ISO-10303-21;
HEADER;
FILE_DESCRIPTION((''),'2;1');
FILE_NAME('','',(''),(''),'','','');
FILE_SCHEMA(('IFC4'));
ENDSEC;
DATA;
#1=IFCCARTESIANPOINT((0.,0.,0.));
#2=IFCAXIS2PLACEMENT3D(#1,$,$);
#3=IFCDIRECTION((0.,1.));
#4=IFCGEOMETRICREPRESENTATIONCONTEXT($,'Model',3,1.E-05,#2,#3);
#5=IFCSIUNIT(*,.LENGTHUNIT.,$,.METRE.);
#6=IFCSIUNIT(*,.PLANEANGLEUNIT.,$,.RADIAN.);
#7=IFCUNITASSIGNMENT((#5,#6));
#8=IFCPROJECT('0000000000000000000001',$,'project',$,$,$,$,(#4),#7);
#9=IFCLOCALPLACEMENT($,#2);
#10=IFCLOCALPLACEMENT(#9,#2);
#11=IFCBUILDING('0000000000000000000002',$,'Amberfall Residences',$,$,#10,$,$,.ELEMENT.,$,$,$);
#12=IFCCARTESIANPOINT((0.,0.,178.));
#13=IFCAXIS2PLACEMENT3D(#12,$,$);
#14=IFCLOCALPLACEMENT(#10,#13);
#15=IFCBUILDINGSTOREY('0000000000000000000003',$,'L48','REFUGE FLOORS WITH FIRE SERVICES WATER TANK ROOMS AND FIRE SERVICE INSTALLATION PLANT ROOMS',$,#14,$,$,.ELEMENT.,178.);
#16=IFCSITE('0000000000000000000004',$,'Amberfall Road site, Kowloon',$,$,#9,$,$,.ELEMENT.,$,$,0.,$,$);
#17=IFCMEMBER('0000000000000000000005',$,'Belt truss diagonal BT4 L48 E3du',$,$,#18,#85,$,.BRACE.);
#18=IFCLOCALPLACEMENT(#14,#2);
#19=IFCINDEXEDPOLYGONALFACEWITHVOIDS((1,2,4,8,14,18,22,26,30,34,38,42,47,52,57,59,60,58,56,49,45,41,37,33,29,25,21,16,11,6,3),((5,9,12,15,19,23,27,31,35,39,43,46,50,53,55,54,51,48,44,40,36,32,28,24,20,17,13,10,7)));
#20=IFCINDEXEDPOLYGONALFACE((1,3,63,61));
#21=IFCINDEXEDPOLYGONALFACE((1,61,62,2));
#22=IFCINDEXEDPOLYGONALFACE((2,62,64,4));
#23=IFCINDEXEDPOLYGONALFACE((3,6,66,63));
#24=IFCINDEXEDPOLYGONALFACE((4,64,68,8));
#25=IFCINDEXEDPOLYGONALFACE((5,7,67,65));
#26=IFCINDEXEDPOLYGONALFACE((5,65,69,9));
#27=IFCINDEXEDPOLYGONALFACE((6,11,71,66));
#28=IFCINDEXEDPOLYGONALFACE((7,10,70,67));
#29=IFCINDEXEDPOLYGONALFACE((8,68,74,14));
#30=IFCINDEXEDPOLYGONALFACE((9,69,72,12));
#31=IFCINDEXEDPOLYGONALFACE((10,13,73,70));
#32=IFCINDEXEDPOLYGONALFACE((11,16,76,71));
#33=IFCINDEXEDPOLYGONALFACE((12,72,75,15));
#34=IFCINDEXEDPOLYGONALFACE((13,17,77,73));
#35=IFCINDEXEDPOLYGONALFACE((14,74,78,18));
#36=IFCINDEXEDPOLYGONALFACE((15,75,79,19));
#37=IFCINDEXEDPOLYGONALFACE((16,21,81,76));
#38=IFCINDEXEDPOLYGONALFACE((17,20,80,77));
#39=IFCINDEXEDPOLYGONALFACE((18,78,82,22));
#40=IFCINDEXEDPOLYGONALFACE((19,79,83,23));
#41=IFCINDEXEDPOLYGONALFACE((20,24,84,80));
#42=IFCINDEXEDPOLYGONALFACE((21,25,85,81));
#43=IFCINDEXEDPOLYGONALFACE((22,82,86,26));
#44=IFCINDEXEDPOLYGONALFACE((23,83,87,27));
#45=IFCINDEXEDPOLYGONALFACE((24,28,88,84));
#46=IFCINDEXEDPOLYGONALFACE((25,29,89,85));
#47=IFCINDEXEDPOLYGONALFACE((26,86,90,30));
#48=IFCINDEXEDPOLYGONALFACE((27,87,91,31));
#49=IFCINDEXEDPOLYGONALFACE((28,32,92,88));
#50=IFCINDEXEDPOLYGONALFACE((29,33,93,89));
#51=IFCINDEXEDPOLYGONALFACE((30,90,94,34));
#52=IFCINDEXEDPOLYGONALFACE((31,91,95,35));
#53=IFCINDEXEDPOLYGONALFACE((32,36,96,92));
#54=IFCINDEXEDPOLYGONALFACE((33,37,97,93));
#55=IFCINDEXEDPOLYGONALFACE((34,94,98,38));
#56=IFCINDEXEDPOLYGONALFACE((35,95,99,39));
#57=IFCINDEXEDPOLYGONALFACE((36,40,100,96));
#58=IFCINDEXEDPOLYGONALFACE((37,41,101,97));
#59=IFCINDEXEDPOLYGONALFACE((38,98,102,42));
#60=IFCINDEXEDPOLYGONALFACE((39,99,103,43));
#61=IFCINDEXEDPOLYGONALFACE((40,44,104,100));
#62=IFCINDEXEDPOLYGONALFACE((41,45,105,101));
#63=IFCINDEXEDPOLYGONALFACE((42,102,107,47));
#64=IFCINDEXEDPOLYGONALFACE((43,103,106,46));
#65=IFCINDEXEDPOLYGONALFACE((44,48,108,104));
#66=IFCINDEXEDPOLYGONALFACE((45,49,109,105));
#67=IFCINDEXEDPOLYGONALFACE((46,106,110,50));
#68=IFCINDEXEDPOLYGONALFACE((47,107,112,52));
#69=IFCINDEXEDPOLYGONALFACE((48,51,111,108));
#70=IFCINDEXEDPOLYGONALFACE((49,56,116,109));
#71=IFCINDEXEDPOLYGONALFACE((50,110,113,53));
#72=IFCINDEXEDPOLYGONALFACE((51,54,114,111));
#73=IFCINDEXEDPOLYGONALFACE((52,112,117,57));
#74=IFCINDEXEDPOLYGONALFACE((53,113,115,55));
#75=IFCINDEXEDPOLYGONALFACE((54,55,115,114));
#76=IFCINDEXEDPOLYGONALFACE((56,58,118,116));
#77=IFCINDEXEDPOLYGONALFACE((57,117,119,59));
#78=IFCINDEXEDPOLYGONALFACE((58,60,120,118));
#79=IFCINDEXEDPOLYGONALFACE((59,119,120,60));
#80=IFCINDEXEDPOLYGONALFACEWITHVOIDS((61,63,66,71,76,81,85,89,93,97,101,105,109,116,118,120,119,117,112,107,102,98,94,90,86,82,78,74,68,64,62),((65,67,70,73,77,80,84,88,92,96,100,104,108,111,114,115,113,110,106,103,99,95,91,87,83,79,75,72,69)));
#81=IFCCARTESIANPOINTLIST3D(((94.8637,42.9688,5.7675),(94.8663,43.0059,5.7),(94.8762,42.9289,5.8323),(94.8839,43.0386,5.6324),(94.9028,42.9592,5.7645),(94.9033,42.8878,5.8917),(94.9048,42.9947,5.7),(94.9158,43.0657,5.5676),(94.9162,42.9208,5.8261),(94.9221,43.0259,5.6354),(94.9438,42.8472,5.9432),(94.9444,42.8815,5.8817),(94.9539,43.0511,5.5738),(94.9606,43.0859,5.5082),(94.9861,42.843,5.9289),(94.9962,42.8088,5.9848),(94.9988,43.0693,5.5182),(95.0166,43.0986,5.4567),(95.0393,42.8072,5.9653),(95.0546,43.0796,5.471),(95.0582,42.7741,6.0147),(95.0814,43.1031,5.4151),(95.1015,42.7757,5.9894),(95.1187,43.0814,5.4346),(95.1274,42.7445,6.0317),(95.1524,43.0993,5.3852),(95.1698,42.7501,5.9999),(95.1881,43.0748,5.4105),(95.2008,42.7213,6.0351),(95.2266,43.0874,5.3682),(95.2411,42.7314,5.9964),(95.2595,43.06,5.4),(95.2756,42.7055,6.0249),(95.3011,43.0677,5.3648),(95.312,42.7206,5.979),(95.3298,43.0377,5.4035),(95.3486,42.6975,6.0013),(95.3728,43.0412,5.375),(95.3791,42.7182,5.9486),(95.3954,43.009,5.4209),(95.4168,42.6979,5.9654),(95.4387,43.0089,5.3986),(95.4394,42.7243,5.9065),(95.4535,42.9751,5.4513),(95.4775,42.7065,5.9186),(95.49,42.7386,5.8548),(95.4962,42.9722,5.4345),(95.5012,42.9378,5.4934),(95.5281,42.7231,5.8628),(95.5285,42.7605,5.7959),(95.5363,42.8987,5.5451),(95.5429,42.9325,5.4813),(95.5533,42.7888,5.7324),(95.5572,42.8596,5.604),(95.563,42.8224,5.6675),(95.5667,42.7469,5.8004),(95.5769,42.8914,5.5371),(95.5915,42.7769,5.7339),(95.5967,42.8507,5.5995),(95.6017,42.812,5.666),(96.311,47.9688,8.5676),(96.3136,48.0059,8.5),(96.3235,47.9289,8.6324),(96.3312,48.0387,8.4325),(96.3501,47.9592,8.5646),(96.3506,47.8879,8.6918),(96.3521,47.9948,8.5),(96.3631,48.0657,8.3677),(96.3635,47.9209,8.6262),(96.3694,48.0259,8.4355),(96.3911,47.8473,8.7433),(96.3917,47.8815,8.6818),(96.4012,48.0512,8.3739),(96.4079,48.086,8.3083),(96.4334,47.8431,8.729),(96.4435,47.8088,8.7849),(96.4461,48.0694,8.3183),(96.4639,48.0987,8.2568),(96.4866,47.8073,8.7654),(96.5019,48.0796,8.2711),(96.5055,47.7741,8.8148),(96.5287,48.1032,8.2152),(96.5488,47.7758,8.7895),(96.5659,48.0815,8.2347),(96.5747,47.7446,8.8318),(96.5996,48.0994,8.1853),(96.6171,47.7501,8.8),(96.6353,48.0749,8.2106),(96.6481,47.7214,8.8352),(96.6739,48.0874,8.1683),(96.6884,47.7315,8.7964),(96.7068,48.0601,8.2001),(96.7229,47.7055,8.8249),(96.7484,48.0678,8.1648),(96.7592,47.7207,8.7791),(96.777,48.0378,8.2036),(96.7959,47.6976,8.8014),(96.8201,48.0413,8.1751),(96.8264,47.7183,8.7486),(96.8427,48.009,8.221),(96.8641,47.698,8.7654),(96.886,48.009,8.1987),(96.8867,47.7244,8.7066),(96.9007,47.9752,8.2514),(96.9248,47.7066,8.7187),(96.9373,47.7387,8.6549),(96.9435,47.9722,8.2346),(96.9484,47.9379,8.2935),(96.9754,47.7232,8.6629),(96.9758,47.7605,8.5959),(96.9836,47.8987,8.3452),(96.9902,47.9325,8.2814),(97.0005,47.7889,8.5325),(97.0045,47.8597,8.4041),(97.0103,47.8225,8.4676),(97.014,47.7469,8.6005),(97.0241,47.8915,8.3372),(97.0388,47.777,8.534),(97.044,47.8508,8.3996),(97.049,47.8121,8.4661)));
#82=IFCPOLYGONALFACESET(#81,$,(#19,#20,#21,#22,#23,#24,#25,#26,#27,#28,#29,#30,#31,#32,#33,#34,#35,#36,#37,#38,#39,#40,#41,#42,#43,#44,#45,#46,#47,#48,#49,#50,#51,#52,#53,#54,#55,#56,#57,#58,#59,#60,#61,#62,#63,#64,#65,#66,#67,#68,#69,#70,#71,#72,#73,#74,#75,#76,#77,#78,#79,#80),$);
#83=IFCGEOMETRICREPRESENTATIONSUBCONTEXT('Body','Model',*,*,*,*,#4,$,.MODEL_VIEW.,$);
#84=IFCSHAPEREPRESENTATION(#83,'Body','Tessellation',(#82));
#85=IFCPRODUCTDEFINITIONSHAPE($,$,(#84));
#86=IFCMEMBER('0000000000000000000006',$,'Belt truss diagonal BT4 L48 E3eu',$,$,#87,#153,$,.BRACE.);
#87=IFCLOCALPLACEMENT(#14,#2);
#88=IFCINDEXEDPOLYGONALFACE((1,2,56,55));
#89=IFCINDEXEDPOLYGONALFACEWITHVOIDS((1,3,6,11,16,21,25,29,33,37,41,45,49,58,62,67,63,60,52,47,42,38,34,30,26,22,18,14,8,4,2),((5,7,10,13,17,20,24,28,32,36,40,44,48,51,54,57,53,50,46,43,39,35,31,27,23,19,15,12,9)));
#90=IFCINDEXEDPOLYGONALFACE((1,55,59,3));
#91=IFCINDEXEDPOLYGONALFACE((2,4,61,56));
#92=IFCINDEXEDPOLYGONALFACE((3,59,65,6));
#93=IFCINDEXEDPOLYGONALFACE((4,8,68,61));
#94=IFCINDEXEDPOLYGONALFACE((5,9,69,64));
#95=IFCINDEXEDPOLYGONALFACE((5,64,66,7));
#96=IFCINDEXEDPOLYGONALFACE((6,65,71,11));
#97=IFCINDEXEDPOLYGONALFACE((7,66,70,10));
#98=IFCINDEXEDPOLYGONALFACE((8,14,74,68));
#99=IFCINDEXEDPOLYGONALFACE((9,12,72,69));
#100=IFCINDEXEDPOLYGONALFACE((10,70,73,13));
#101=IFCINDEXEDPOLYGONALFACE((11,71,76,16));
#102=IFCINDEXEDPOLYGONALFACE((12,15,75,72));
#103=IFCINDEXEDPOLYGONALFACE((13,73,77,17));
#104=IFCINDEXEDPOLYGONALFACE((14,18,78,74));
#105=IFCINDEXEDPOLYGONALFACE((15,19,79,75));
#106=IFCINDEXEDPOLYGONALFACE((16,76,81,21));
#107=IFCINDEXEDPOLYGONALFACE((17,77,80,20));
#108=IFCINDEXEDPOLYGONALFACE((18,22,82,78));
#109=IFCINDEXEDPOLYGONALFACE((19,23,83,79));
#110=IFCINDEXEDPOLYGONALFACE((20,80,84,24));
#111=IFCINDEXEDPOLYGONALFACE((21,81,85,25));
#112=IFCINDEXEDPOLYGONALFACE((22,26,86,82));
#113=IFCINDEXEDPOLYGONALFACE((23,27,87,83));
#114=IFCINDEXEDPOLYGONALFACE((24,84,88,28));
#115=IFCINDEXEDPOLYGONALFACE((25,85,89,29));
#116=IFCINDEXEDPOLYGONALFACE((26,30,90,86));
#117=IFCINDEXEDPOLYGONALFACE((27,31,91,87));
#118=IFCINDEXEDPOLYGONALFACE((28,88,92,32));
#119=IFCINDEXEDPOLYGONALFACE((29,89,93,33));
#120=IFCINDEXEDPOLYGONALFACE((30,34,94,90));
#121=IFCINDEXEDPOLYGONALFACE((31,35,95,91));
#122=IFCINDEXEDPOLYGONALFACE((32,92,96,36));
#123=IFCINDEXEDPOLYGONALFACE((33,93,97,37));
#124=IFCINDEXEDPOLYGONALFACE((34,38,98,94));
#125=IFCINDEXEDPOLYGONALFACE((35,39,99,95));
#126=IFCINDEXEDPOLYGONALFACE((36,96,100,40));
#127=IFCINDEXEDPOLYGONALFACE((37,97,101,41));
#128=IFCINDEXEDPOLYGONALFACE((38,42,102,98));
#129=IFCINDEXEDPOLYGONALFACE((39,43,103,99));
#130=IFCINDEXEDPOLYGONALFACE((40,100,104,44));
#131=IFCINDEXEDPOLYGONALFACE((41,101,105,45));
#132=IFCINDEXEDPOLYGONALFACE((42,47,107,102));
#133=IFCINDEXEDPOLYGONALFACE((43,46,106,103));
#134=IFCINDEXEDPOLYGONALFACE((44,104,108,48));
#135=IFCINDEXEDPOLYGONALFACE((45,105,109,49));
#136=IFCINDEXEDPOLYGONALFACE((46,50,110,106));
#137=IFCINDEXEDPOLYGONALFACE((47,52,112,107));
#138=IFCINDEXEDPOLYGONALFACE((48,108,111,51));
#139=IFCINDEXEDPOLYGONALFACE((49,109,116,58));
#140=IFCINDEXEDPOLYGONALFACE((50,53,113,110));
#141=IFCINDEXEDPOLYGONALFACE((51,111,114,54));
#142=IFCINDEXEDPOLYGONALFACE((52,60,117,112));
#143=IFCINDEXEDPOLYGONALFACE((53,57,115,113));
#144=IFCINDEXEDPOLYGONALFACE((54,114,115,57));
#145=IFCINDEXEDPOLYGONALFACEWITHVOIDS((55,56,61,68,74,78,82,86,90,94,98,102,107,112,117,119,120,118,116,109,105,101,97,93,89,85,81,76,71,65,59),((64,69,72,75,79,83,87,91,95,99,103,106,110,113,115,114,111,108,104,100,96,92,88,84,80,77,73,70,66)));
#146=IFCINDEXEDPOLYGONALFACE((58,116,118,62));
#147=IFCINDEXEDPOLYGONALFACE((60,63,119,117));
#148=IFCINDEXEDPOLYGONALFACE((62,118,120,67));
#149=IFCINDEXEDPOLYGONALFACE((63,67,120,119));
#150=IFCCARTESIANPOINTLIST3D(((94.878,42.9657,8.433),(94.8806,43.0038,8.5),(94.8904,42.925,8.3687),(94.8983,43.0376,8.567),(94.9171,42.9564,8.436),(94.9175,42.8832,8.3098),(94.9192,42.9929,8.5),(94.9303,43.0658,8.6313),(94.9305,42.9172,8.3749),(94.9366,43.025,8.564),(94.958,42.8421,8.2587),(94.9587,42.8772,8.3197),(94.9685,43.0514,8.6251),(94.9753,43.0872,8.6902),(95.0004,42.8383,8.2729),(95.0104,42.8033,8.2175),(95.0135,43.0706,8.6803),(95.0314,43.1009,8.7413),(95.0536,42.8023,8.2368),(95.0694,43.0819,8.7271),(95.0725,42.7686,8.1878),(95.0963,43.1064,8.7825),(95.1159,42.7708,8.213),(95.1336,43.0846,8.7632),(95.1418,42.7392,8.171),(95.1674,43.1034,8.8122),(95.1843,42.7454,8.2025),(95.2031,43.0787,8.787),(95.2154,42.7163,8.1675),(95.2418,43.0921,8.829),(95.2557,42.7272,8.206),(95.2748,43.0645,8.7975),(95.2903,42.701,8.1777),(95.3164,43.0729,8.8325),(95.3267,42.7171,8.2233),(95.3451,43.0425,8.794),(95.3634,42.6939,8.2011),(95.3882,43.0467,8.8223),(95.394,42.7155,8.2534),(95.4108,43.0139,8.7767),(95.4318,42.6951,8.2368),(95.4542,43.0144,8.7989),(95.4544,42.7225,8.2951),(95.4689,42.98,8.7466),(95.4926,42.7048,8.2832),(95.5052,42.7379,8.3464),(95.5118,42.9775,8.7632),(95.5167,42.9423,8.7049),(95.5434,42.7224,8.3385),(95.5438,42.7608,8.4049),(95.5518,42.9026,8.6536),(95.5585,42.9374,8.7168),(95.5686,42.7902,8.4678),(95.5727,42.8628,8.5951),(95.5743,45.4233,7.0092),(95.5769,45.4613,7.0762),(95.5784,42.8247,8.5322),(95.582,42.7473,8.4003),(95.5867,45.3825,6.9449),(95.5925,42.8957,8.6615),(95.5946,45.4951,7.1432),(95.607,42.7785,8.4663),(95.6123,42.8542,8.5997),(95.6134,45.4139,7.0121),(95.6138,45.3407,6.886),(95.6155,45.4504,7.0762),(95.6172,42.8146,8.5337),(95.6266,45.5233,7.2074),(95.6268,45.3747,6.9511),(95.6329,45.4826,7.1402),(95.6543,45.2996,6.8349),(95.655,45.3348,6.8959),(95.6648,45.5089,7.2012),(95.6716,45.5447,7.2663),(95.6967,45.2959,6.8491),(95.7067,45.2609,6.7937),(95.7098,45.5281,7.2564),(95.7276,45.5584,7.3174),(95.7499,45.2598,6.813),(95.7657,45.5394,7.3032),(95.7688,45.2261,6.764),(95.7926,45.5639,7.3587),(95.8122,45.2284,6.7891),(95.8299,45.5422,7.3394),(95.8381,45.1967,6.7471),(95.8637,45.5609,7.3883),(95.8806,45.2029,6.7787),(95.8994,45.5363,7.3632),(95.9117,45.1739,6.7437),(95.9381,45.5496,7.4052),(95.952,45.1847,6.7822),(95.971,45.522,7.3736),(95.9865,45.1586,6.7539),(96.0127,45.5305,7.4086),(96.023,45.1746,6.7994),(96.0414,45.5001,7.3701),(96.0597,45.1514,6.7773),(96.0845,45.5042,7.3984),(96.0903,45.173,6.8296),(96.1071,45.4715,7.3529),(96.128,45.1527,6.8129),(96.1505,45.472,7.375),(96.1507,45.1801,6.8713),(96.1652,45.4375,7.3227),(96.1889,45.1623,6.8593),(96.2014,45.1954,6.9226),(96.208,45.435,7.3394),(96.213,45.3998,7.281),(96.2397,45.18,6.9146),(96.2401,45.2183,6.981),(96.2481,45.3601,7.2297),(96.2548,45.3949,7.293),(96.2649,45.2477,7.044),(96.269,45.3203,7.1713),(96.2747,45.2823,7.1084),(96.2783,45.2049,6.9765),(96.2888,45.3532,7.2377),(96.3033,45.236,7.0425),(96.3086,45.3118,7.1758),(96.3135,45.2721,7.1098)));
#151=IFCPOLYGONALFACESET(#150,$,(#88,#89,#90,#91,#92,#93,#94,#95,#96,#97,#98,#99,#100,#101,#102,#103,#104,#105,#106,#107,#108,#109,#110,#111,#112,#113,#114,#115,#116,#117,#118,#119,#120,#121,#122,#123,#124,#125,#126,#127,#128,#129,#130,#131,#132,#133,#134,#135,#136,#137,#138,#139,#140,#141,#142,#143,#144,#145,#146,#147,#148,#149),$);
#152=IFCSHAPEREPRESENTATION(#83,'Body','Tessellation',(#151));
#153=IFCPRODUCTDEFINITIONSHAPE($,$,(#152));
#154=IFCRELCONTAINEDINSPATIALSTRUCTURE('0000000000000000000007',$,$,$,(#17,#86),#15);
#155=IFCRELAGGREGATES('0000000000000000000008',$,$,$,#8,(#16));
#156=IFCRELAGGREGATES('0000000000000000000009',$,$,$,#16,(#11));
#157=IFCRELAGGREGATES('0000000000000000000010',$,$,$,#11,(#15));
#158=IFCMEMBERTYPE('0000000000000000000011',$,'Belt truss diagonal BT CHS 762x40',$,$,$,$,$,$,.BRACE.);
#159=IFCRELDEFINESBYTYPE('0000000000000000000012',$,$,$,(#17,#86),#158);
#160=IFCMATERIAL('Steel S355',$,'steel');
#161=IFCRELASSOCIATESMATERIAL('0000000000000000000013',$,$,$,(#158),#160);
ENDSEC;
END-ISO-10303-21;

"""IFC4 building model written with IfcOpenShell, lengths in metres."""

from ifc_helpers import new_model, si_unit, direction, frame, origin, origin_2d, place, context, subcontext, project, spatial, hollow_circle, extrude, material, material_profile, profile_set, type_object, element, save


model = new_model("IFC4")

# Units and contexts
model_context = context("Model", 3, precision=1e-05, world=origin(), true_north=direction((0.0, 1.0)))
body_context = subcontext(model_context, "Body", "Model", "MODEL_VIEW")
ifc_project = project(units=[si_unit("LENGTHUNIT", "METRE"), si_unit("PLANEANGLEUNIT", "RADIAN")], contexts=[model_context])

# Site, building, storey
site_placement = place(None, origin())
site = spatial("IfcSite", under=ifc_project, at=site_placement, Name="Amberfall Road site, Kowloon", CompositionType="ELEMENT", RefElevation=0.0)
building_placement = place(site_placement, origin())
building = spatial("IfcBuilding", under=site, at=building_placement, Name="Amberfall Residences", CompositionType="ELEMENT")
storey_placement = place(building_placement, frame((0.0, 0.0, 178.0)))
storey = spatial("IfcBuildingStorey", under=building, at=storey_placement, Name="L48", Description="REFUGE FLOORS WITH FIRE SERVICES WATER TANK ROOMS AND FIRE SERVICE INSTALLATION PLANT ROOMS", CompositionType="ELEMENT", Elevation=178.0)

# Members
ifc_material_1 = material(Name="Steel S355", Category="steel")
ifc_material_profile_1 = material_profile(ifc_material_1, hollow_circle(Radius=0.3811, WallThickness=0.04, at=origin_2d()), Name="CHS 762x40")
ifc_profile_set_1 = profile_set([ifc_material_profile_1], Name="Steel S355")
member_type_1 = type_object("IfcMemberType", Name="Belt truss diagonal BT CHS 762x40", PredefinedType="BRACE", material=ifc_profile_set_1)
member_1_placement = place(storey_placement, frame((95.2324, 42.8999, 5.7), z_axis=(0.244861, 0.845942, 0.473736), x_axis=(-0.96057, 0.27804, 0.0)))
element("IfcMember", 1, at=member_1_placement, inside=storey, type_object=member_type_1, Name="Belt truss diagonal BT4 L48 E3du", PredefinedType="BRACE", context=body_context, shape_type="SweptSolid", body=[
    extrude(hollow_circle(Radius=0.3811, WallThickness=0.04, at=origin_2d()), origin(), (0.0, 0.0, 1.0), 5.9106),
])
member_2_placement = place(storey_placement, frame((95.2473, 42.8999, 8.5), z_axis=(0.238105, 0.84038, -0.486896), x_axis=(-0.962128, 0.2726, 0.0)))
element("IfcMember", 2, at=member_2_placement, inside=storey, type_object=member_type_1, Name="Belt truss diagonal BT4 L48 E3eu", PredefinedType="BRACE", context=body_context, shape_type="SweptSolid", body=[
    extrude(hollow_circle(Radius=0.3811, WallThickness=0.04, at=origin_2d()), origin(), (0.0, 0.0, 1.0), 2.9243),
])

save(model, "model.ifc")
